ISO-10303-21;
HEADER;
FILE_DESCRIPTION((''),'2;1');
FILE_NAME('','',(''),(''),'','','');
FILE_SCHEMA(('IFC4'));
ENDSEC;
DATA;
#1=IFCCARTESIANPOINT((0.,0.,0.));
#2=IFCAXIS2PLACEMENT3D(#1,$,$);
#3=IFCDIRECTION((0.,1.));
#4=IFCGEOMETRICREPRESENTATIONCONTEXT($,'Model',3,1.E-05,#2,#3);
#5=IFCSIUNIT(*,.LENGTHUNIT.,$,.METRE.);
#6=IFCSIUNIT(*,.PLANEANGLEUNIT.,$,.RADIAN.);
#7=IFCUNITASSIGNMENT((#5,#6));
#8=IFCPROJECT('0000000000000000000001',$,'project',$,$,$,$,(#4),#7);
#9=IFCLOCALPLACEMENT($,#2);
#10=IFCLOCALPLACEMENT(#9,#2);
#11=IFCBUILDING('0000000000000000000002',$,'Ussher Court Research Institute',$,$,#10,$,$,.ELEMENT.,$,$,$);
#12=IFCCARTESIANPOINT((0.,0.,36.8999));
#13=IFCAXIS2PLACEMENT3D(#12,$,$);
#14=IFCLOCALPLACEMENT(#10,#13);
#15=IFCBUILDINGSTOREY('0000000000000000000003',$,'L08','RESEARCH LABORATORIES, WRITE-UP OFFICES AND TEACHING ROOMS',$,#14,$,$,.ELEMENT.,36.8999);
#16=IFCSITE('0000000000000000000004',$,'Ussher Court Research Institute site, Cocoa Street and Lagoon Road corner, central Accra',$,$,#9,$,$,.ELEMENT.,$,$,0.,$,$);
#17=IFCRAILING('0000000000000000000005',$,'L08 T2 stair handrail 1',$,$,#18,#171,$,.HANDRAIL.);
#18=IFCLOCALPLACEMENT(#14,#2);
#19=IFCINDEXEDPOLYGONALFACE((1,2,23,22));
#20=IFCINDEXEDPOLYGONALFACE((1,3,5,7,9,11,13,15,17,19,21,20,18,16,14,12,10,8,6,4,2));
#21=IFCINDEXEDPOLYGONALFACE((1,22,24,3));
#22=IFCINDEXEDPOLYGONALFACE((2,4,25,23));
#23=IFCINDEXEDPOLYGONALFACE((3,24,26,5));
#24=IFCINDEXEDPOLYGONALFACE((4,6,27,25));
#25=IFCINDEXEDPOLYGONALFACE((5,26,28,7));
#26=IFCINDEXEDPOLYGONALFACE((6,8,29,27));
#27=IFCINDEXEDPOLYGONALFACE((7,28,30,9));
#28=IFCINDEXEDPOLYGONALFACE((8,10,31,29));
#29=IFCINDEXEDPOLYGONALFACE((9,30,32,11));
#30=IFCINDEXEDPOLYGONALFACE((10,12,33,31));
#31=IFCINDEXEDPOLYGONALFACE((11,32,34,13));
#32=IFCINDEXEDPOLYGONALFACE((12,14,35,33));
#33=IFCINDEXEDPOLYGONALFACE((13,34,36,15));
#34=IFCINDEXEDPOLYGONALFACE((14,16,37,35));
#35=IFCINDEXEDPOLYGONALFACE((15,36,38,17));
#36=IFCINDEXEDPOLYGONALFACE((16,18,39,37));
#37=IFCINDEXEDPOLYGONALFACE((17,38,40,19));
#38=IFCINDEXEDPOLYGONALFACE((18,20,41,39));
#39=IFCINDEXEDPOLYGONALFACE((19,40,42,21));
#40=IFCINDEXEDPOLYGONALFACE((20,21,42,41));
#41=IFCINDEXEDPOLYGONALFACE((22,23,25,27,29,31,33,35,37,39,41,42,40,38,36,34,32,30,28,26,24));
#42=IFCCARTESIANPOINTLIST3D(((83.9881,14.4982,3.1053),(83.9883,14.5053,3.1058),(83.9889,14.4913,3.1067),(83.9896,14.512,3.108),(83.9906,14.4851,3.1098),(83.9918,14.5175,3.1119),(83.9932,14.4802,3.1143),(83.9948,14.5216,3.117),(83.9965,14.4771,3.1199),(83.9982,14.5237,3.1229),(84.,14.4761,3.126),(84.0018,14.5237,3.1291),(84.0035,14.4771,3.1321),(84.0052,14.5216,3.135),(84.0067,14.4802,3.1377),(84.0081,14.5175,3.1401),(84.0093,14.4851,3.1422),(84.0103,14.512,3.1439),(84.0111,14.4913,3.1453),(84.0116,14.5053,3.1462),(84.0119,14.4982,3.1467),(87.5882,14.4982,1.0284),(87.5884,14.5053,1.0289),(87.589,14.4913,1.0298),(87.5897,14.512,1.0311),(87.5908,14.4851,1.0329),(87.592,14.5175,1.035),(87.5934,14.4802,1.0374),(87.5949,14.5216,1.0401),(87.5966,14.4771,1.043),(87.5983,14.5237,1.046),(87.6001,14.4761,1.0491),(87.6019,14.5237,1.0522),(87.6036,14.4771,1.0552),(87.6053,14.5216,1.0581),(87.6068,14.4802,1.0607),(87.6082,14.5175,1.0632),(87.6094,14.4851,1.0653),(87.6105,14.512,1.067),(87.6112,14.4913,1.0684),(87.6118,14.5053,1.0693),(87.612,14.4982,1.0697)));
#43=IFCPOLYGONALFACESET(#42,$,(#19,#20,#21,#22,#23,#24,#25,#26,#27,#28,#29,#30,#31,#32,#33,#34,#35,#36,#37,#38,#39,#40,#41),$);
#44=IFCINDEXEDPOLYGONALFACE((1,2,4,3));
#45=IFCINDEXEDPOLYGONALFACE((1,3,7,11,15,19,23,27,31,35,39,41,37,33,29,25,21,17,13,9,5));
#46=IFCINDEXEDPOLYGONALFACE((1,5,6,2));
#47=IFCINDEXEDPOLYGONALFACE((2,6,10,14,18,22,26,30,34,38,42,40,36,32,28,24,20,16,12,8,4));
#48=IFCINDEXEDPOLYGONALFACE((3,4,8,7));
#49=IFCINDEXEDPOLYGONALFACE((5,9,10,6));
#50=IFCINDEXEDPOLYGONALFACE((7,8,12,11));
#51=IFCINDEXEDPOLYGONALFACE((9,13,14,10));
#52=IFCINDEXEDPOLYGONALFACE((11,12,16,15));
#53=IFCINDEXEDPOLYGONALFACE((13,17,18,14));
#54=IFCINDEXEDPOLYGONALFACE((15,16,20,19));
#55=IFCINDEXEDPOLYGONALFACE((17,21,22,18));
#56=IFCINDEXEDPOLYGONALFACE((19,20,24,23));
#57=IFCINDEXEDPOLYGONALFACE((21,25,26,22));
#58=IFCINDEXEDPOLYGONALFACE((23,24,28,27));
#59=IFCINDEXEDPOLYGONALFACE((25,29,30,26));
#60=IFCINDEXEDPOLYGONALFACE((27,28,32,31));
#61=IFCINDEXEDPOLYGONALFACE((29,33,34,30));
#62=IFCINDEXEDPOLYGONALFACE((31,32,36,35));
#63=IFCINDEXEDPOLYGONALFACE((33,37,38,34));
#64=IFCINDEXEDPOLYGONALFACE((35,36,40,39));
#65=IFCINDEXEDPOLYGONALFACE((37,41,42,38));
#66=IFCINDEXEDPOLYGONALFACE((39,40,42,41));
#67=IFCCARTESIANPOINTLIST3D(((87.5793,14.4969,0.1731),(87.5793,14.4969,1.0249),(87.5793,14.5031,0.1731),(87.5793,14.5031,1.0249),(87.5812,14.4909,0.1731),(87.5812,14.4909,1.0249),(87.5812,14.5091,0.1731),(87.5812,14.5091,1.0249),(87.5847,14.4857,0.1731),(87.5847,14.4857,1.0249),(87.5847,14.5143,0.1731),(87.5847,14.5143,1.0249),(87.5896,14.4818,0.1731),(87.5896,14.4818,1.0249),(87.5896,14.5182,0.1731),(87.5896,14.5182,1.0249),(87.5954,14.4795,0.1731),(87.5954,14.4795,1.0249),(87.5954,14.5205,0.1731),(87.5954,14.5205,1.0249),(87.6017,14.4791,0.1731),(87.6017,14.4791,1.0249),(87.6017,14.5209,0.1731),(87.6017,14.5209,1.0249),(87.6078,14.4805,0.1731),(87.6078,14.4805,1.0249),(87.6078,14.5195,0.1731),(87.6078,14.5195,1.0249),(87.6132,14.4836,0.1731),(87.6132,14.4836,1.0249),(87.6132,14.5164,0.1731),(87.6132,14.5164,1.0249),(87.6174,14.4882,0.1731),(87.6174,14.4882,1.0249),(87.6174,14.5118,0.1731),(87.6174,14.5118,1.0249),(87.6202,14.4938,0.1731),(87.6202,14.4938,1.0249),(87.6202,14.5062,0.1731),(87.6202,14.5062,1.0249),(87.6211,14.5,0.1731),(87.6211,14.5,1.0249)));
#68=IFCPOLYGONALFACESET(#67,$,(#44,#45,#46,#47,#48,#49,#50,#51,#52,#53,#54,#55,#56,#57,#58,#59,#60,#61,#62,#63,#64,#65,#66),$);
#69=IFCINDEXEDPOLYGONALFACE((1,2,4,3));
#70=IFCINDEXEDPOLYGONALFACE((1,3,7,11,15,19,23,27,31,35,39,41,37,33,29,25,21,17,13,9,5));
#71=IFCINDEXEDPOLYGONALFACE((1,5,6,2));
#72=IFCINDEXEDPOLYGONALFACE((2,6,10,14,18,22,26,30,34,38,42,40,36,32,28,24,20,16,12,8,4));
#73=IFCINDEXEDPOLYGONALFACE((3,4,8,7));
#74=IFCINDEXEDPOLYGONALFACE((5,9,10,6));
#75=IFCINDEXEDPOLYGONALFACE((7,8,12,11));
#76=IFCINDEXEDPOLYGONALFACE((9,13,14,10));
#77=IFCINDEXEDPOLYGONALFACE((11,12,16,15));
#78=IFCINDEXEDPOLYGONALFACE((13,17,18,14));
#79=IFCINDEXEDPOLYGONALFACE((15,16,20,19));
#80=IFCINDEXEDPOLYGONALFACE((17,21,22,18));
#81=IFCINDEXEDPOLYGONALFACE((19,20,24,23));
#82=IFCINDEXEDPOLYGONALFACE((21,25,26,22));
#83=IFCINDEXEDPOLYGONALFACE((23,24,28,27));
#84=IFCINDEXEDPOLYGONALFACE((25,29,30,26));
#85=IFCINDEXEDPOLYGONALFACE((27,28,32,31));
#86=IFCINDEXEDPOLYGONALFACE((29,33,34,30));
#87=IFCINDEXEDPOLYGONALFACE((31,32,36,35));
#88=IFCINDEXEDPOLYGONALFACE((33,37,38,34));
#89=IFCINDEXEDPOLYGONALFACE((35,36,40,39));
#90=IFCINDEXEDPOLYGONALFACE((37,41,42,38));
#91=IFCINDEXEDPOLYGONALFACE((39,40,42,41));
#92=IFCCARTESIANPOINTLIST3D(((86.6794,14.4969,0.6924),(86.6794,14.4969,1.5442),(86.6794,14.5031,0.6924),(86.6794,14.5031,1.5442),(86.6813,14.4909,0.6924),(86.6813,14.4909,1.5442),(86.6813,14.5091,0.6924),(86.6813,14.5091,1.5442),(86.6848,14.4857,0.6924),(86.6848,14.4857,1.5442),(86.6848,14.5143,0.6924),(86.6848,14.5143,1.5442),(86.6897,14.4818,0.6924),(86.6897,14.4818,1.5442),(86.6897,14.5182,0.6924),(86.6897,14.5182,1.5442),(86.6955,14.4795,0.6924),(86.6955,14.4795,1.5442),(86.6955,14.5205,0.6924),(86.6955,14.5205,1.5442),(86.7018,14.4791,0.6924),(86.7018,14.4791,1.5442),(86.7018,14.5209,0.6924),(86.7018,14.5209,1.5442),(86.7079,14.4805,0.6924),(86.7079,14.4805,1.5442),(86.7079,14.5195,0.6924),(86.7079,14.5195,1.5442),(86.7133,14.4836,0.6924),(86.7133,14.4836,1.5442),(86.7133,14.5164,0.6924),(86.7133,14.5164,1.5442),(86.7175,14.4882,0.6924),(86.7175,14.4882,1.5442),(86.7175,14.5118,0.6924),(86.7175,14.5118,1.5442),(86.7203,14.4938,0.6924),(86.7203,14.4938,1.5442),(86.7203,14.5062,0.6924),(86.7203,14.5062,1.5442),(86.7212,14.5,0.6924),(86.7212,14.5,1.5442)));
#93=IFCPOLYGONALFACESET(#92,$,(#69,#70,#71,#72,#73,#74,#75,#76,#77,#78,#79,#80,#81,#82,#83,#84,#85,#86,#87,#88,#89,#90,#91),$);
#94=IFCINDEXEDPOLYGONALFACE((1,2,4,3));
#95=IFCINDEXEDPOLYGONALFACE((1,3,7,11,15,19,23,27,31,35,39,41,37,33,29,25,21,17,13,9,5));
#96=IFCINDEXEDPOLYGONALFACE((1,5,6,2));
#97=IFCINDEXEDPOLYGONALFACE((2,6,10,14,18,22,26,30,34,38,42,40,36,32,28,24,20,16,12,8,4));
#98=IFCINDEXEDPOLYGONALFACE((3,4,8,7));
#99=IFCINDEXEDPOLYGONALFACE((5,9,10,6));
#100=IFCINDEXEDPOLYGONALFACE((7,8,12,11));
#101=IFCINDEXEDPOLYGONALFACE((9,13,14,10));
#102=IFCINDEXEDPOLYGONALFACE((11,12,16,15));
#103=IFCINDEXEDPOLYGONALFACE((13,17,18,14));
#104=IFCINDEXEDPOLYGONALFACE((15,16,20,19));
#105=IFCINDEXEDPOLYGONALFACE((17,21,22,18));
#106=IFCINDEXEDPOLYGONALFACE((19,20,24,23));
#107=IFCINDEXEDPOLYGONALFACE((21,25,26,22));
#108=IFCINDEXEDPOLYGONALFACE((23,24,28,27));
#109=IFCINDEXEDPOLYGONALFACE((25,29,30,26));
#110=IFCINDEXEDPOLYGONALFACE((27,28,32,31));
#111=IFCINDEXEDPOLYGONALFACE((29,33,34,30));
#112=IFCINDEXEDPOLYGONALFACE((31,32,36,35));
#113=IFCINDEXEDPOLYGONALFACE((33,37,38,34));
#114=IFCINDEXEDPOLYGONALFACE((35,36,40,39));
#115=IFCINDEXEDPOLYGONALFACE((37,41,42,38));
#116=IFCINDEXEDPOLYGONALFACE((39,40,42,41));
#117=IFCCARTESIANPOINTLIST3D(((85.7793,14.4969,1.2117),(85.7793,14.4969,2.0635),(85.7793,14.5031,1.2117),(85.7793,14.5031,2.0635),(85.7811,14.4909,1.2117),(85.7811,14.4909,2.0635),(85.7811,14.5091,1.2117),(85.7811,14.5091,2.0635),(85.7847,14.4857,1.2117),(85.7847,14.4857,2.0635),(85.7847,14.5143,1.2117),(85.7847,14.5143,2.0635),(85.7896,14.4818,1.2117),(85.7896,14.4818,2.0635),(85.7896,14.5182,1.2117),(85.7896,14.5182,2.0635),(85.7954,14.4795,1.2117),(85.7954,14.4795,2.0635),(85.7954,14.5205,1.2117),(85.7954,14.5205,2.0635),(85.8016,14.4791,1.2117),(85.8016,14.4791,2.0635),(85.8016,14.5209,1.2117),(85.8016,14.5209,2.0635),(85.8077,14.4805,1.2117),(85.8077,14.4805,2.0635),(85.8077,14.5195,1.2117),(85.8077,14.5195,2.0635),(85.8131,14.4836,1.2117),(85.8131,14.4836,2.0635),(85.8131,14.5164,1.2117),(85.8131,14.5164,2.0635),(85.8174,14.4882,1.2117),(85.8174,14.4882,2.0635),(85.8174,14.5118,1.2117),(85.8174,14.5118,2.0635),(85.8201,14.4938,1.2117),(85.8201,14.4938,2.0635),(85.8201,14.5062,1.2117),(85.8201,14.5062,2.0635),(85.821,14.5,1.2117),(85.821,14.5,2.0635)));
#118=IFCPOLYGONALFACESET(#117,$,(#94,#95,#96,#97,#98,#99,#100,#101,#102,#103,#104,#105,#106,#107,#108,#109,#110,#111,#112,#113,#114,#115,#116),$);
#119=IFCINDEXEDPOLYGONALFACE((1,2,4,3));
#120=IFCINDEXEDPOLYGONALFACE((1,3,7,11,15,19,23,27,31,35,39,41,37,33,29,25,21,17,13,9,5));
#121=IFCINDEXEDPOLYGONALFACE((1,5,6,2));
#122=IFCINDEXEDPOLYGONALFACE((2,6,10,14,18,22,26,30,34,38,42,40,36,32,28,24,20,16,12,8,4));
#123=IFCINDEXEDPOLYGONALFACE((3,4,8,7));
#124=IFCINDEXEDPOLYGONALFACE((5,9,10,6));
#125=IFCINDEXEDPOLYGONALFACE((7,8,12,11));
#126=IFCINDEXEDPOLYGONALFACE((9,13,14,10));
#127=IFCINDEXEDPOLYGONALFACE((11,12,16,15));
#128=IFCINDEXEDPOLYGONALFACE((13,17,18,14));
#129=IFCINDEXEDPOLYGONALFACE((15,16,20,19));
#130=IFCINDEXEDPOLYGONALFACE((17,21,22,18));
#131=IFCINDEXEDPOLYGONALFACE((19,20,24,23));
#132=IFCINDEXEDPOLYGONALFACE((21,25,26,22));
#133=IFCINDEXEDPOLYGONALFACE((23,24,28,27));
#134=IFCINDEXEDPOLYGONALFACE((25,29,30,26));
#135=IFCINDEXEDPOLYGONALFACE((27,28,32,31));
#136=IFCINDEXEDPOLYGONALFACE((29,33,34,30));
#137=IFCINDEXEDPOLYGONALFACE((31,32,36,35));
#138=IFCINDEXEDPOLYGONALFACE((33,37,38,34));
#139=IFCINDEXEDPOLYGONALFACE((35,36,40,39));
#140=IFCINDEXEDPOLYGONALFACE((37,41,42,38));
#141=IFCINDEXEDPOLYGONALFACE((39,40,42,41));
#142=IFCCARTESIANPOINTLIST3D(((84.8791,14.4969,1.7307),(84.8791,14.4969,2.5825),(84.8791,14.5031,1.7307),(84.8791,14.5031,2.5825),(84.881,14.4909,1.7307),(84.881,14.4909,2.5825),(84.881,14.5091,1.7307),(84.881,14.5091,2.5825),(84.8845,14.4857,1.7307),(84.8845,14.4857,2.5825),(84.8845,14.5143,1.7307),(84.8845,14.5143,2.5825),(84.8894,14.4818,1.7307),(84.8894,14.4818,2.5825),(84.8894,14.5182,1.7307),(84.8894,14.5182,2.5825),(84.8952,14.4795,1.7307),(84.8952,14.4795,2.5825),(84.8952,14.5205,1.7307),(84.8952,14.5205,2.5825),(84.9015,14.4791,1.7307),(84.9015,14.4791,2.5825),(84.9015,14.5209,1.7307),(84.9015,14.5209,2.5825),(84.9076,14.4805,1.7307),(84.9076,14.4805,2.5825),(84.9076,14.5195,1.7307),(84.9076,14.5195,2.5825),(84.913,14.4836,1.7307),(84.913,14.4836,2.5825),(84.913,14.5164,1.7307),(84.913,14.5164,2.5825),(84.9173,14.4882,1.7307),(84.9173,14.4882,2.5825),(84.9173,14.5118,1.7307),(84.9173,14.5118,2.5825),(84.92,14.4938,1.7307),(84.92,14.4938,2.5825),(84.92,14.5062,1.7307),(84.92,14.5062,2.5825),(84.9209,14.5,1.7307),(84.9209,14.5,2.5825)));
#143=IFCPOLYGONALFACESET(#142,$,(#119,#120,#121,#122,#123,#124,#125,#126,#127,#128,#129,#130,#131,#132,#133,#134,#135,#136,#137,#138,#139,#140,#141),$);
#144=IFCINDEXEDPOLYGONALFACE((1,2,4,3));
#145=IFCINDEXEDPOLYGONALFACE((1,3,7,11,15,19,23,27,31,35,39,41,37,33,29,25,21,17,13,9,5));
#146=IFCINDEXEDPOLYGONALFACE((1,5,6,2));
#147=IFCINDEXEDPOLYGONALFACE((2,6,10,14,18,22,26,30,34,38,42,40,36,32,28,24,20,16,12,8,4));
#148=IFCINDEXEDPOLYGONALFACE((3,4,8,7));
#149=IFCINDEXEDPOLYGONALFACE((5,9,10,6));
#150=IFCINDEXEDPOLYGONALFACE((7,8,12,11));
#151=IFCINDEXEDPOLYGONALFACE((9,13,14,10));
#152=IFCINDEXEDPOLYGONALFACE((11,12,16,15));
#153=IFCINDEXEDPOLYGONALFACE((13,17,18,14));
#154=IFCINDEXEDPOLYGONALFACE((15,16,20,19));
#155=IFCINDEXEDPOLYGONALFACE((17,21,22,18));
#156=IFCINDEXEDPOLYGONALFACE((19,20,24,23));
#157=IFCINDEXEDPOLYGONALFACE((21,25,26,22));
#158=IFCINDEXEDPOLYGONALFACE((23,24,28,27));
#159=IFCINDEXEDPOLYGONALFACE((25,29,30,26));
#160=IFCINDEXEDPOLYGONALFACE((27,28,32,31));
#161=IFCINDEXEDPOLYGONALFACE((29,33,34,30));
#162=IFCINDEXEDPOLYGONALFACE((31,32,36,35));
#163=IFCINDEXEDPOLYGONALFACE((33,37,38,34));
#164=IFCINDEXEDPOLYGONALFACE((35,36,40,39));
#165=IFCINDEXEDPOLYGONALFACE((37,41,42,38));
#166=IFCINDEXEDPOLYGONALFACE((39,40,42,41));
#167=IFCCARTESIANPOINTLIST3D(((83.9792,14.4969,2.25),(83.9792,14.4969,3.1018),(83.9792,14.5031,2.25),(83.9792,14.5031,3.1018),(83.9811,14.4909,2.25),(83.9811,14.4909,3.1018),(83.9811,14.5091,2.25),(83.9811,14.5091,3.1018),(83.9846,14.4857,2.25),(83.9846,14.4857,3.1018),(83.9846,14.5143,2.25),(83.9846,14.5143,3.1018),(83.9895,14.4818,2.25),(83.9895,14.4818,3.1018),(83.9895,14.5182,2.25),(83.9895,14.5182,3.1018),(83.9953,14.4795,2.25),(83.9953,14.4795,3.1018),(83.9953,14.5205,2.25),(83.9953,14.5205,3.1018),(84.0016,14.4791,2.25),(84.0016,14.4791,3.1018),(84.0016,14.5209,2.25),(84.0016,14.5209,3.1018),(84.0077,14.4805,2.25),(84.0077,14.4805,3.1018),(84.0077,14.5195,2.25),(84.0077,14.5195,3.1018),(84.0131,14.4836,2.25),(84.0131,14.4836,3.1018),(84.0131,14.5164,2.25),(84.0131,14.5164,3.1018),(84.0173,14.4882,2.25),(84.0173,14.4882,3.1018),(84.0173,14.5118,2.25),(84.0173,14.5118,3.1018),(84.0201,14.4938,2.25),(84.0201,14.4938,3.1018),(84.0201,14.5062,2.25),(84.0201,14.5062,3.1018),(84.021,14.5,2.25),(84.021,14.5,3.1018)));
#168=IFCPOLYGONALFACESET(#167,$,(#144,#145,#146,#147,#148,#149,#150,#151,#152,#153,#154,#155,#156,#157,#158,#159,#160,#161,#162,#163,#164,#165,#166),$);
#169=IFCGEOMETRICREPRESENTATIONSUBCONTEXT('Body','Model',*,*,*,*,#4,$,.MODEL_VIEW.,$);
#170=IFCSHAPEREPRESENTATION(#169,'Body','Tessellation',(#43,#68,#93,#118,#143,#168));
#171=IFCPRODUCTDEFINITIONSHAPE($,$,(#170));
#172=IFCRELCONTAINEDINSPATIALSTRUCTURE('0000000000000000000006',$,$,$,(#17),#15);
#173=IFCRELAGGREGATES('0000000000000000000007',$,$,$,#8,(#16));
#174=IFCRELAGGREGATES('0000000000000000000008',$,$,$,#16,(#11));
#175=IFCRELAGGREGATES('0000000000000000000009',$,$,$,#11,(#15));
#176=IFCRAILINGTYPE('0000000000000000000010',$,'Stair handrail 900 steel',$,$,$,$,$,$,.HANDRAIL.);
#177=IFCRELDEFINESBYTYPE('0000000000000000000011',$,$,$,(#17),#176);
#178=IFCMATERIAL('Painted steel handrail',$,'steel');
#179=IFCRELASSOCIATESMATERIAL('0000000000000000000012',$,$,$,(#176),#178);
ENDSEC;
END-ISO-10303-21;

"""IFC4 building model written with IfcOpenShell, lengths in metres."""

from ifc_helpers import new_model, si_unit, direction, frame, origin, origin_2d, place, context, subcontext, project, spatial, circle, extrude, material, type_object, element, save


model = new_model("IFC4")

# Units and contexts
model_context = context("Model", 3, precision=1e-05, world=origin(), true_north=direction((0.0, 1.0)))
body_context = subcontext(model_context, "Body", "Model", "MODEL_VIEW")
ifc_project = project(units=[si_unit("LENGTHUNIT", "METRE"), si_unit("PLANEANGLEUNIT", "RADIAN")], contexts=[model_context])

# Site, building, storey
site_placement = place(None, origin())
site = spatial("IfcSite", under=ifc_project, at=site_placement, Name="Ussher Court Research Institute site, Cocoa Street and Lagoon Road corner, central Accra", CompositionType="ELEMENT", RefElevation=0.0)
building_placement = place(site_placement, origin())
building = spatial("IfcBuilding", under=site, at=building_placement, Name="Ussher Court Research Institute", CompositionType="ELEMENT")
storey_placement = place(building_placement, frame((0.0, 0.0, 36.8999)))
storey = spatial("IfcBuildingStorey", under=building, at=storey_placement, Name="L08", Description="RESEARCH LABORATORIES, WRITE-UP OFFICES AND TEACHING ROOMS", CompositionType="ELEMENT", Elevation=36.8999)

# Railing
ifc_material_1 = material(Name="Painted steel handrail", Category="steel")
railing_type_1 = type_object("IfcRailingType", Name="Stair handrail 900 steel", PredefinedType="HANDRAIL", material=ifc_material_1)
railing_1_placement = place(storey_placement, frame((87.6001, 14.5, 0.1731)))
element("IfcRailing", 1, at=railing_1_placement, inside=storey, type_object=railing_type_1, Name="L08 T2 stair handrail 1", PredefinedType="HANDRAIL", context=body_context, shape_type="SweptSolid", body=[
    extrude(circle(Radius=0.0239, at=origin_2d()), frame((0.0, 0.0, 0.876), z_axis=(-0.866193, 0.0, 0.499709), x_axis=(0.0, -1.0, 0.0)), (0.0, 0.0, 1.0), 4.1562),
    extrude(circle(Radius=0.021, at=origin_2d()), origin(), (0.0, 0.0, 1.0), 0.8518),
    extrude(circle(Radius=0.021, at=origin_2d()), frame((-0.8999, 0.0, 0.5193)), (0.0, 0.0, 1.0), 0.8518),
    extrude(circle(Radius=0.021, at=origin_2d()), frame((-1.8, 0.0, 1.0386)), (0.0, 0.0, 1.0), 0.8518),
    extrude(circle(Radius=0.021, at=origin_2d()), frame((-2.7002, 0.0, 1.5576)), (0.0, 0.0, 1.0), 0.8518),
    extrude(circle(Radius=0.021, at=origin_2d()), frame((-3.6001, 0.0, 2.0769)), (0.0, 0.0, 1.0), 0.8518),
])

save(model, "model.ifc")
